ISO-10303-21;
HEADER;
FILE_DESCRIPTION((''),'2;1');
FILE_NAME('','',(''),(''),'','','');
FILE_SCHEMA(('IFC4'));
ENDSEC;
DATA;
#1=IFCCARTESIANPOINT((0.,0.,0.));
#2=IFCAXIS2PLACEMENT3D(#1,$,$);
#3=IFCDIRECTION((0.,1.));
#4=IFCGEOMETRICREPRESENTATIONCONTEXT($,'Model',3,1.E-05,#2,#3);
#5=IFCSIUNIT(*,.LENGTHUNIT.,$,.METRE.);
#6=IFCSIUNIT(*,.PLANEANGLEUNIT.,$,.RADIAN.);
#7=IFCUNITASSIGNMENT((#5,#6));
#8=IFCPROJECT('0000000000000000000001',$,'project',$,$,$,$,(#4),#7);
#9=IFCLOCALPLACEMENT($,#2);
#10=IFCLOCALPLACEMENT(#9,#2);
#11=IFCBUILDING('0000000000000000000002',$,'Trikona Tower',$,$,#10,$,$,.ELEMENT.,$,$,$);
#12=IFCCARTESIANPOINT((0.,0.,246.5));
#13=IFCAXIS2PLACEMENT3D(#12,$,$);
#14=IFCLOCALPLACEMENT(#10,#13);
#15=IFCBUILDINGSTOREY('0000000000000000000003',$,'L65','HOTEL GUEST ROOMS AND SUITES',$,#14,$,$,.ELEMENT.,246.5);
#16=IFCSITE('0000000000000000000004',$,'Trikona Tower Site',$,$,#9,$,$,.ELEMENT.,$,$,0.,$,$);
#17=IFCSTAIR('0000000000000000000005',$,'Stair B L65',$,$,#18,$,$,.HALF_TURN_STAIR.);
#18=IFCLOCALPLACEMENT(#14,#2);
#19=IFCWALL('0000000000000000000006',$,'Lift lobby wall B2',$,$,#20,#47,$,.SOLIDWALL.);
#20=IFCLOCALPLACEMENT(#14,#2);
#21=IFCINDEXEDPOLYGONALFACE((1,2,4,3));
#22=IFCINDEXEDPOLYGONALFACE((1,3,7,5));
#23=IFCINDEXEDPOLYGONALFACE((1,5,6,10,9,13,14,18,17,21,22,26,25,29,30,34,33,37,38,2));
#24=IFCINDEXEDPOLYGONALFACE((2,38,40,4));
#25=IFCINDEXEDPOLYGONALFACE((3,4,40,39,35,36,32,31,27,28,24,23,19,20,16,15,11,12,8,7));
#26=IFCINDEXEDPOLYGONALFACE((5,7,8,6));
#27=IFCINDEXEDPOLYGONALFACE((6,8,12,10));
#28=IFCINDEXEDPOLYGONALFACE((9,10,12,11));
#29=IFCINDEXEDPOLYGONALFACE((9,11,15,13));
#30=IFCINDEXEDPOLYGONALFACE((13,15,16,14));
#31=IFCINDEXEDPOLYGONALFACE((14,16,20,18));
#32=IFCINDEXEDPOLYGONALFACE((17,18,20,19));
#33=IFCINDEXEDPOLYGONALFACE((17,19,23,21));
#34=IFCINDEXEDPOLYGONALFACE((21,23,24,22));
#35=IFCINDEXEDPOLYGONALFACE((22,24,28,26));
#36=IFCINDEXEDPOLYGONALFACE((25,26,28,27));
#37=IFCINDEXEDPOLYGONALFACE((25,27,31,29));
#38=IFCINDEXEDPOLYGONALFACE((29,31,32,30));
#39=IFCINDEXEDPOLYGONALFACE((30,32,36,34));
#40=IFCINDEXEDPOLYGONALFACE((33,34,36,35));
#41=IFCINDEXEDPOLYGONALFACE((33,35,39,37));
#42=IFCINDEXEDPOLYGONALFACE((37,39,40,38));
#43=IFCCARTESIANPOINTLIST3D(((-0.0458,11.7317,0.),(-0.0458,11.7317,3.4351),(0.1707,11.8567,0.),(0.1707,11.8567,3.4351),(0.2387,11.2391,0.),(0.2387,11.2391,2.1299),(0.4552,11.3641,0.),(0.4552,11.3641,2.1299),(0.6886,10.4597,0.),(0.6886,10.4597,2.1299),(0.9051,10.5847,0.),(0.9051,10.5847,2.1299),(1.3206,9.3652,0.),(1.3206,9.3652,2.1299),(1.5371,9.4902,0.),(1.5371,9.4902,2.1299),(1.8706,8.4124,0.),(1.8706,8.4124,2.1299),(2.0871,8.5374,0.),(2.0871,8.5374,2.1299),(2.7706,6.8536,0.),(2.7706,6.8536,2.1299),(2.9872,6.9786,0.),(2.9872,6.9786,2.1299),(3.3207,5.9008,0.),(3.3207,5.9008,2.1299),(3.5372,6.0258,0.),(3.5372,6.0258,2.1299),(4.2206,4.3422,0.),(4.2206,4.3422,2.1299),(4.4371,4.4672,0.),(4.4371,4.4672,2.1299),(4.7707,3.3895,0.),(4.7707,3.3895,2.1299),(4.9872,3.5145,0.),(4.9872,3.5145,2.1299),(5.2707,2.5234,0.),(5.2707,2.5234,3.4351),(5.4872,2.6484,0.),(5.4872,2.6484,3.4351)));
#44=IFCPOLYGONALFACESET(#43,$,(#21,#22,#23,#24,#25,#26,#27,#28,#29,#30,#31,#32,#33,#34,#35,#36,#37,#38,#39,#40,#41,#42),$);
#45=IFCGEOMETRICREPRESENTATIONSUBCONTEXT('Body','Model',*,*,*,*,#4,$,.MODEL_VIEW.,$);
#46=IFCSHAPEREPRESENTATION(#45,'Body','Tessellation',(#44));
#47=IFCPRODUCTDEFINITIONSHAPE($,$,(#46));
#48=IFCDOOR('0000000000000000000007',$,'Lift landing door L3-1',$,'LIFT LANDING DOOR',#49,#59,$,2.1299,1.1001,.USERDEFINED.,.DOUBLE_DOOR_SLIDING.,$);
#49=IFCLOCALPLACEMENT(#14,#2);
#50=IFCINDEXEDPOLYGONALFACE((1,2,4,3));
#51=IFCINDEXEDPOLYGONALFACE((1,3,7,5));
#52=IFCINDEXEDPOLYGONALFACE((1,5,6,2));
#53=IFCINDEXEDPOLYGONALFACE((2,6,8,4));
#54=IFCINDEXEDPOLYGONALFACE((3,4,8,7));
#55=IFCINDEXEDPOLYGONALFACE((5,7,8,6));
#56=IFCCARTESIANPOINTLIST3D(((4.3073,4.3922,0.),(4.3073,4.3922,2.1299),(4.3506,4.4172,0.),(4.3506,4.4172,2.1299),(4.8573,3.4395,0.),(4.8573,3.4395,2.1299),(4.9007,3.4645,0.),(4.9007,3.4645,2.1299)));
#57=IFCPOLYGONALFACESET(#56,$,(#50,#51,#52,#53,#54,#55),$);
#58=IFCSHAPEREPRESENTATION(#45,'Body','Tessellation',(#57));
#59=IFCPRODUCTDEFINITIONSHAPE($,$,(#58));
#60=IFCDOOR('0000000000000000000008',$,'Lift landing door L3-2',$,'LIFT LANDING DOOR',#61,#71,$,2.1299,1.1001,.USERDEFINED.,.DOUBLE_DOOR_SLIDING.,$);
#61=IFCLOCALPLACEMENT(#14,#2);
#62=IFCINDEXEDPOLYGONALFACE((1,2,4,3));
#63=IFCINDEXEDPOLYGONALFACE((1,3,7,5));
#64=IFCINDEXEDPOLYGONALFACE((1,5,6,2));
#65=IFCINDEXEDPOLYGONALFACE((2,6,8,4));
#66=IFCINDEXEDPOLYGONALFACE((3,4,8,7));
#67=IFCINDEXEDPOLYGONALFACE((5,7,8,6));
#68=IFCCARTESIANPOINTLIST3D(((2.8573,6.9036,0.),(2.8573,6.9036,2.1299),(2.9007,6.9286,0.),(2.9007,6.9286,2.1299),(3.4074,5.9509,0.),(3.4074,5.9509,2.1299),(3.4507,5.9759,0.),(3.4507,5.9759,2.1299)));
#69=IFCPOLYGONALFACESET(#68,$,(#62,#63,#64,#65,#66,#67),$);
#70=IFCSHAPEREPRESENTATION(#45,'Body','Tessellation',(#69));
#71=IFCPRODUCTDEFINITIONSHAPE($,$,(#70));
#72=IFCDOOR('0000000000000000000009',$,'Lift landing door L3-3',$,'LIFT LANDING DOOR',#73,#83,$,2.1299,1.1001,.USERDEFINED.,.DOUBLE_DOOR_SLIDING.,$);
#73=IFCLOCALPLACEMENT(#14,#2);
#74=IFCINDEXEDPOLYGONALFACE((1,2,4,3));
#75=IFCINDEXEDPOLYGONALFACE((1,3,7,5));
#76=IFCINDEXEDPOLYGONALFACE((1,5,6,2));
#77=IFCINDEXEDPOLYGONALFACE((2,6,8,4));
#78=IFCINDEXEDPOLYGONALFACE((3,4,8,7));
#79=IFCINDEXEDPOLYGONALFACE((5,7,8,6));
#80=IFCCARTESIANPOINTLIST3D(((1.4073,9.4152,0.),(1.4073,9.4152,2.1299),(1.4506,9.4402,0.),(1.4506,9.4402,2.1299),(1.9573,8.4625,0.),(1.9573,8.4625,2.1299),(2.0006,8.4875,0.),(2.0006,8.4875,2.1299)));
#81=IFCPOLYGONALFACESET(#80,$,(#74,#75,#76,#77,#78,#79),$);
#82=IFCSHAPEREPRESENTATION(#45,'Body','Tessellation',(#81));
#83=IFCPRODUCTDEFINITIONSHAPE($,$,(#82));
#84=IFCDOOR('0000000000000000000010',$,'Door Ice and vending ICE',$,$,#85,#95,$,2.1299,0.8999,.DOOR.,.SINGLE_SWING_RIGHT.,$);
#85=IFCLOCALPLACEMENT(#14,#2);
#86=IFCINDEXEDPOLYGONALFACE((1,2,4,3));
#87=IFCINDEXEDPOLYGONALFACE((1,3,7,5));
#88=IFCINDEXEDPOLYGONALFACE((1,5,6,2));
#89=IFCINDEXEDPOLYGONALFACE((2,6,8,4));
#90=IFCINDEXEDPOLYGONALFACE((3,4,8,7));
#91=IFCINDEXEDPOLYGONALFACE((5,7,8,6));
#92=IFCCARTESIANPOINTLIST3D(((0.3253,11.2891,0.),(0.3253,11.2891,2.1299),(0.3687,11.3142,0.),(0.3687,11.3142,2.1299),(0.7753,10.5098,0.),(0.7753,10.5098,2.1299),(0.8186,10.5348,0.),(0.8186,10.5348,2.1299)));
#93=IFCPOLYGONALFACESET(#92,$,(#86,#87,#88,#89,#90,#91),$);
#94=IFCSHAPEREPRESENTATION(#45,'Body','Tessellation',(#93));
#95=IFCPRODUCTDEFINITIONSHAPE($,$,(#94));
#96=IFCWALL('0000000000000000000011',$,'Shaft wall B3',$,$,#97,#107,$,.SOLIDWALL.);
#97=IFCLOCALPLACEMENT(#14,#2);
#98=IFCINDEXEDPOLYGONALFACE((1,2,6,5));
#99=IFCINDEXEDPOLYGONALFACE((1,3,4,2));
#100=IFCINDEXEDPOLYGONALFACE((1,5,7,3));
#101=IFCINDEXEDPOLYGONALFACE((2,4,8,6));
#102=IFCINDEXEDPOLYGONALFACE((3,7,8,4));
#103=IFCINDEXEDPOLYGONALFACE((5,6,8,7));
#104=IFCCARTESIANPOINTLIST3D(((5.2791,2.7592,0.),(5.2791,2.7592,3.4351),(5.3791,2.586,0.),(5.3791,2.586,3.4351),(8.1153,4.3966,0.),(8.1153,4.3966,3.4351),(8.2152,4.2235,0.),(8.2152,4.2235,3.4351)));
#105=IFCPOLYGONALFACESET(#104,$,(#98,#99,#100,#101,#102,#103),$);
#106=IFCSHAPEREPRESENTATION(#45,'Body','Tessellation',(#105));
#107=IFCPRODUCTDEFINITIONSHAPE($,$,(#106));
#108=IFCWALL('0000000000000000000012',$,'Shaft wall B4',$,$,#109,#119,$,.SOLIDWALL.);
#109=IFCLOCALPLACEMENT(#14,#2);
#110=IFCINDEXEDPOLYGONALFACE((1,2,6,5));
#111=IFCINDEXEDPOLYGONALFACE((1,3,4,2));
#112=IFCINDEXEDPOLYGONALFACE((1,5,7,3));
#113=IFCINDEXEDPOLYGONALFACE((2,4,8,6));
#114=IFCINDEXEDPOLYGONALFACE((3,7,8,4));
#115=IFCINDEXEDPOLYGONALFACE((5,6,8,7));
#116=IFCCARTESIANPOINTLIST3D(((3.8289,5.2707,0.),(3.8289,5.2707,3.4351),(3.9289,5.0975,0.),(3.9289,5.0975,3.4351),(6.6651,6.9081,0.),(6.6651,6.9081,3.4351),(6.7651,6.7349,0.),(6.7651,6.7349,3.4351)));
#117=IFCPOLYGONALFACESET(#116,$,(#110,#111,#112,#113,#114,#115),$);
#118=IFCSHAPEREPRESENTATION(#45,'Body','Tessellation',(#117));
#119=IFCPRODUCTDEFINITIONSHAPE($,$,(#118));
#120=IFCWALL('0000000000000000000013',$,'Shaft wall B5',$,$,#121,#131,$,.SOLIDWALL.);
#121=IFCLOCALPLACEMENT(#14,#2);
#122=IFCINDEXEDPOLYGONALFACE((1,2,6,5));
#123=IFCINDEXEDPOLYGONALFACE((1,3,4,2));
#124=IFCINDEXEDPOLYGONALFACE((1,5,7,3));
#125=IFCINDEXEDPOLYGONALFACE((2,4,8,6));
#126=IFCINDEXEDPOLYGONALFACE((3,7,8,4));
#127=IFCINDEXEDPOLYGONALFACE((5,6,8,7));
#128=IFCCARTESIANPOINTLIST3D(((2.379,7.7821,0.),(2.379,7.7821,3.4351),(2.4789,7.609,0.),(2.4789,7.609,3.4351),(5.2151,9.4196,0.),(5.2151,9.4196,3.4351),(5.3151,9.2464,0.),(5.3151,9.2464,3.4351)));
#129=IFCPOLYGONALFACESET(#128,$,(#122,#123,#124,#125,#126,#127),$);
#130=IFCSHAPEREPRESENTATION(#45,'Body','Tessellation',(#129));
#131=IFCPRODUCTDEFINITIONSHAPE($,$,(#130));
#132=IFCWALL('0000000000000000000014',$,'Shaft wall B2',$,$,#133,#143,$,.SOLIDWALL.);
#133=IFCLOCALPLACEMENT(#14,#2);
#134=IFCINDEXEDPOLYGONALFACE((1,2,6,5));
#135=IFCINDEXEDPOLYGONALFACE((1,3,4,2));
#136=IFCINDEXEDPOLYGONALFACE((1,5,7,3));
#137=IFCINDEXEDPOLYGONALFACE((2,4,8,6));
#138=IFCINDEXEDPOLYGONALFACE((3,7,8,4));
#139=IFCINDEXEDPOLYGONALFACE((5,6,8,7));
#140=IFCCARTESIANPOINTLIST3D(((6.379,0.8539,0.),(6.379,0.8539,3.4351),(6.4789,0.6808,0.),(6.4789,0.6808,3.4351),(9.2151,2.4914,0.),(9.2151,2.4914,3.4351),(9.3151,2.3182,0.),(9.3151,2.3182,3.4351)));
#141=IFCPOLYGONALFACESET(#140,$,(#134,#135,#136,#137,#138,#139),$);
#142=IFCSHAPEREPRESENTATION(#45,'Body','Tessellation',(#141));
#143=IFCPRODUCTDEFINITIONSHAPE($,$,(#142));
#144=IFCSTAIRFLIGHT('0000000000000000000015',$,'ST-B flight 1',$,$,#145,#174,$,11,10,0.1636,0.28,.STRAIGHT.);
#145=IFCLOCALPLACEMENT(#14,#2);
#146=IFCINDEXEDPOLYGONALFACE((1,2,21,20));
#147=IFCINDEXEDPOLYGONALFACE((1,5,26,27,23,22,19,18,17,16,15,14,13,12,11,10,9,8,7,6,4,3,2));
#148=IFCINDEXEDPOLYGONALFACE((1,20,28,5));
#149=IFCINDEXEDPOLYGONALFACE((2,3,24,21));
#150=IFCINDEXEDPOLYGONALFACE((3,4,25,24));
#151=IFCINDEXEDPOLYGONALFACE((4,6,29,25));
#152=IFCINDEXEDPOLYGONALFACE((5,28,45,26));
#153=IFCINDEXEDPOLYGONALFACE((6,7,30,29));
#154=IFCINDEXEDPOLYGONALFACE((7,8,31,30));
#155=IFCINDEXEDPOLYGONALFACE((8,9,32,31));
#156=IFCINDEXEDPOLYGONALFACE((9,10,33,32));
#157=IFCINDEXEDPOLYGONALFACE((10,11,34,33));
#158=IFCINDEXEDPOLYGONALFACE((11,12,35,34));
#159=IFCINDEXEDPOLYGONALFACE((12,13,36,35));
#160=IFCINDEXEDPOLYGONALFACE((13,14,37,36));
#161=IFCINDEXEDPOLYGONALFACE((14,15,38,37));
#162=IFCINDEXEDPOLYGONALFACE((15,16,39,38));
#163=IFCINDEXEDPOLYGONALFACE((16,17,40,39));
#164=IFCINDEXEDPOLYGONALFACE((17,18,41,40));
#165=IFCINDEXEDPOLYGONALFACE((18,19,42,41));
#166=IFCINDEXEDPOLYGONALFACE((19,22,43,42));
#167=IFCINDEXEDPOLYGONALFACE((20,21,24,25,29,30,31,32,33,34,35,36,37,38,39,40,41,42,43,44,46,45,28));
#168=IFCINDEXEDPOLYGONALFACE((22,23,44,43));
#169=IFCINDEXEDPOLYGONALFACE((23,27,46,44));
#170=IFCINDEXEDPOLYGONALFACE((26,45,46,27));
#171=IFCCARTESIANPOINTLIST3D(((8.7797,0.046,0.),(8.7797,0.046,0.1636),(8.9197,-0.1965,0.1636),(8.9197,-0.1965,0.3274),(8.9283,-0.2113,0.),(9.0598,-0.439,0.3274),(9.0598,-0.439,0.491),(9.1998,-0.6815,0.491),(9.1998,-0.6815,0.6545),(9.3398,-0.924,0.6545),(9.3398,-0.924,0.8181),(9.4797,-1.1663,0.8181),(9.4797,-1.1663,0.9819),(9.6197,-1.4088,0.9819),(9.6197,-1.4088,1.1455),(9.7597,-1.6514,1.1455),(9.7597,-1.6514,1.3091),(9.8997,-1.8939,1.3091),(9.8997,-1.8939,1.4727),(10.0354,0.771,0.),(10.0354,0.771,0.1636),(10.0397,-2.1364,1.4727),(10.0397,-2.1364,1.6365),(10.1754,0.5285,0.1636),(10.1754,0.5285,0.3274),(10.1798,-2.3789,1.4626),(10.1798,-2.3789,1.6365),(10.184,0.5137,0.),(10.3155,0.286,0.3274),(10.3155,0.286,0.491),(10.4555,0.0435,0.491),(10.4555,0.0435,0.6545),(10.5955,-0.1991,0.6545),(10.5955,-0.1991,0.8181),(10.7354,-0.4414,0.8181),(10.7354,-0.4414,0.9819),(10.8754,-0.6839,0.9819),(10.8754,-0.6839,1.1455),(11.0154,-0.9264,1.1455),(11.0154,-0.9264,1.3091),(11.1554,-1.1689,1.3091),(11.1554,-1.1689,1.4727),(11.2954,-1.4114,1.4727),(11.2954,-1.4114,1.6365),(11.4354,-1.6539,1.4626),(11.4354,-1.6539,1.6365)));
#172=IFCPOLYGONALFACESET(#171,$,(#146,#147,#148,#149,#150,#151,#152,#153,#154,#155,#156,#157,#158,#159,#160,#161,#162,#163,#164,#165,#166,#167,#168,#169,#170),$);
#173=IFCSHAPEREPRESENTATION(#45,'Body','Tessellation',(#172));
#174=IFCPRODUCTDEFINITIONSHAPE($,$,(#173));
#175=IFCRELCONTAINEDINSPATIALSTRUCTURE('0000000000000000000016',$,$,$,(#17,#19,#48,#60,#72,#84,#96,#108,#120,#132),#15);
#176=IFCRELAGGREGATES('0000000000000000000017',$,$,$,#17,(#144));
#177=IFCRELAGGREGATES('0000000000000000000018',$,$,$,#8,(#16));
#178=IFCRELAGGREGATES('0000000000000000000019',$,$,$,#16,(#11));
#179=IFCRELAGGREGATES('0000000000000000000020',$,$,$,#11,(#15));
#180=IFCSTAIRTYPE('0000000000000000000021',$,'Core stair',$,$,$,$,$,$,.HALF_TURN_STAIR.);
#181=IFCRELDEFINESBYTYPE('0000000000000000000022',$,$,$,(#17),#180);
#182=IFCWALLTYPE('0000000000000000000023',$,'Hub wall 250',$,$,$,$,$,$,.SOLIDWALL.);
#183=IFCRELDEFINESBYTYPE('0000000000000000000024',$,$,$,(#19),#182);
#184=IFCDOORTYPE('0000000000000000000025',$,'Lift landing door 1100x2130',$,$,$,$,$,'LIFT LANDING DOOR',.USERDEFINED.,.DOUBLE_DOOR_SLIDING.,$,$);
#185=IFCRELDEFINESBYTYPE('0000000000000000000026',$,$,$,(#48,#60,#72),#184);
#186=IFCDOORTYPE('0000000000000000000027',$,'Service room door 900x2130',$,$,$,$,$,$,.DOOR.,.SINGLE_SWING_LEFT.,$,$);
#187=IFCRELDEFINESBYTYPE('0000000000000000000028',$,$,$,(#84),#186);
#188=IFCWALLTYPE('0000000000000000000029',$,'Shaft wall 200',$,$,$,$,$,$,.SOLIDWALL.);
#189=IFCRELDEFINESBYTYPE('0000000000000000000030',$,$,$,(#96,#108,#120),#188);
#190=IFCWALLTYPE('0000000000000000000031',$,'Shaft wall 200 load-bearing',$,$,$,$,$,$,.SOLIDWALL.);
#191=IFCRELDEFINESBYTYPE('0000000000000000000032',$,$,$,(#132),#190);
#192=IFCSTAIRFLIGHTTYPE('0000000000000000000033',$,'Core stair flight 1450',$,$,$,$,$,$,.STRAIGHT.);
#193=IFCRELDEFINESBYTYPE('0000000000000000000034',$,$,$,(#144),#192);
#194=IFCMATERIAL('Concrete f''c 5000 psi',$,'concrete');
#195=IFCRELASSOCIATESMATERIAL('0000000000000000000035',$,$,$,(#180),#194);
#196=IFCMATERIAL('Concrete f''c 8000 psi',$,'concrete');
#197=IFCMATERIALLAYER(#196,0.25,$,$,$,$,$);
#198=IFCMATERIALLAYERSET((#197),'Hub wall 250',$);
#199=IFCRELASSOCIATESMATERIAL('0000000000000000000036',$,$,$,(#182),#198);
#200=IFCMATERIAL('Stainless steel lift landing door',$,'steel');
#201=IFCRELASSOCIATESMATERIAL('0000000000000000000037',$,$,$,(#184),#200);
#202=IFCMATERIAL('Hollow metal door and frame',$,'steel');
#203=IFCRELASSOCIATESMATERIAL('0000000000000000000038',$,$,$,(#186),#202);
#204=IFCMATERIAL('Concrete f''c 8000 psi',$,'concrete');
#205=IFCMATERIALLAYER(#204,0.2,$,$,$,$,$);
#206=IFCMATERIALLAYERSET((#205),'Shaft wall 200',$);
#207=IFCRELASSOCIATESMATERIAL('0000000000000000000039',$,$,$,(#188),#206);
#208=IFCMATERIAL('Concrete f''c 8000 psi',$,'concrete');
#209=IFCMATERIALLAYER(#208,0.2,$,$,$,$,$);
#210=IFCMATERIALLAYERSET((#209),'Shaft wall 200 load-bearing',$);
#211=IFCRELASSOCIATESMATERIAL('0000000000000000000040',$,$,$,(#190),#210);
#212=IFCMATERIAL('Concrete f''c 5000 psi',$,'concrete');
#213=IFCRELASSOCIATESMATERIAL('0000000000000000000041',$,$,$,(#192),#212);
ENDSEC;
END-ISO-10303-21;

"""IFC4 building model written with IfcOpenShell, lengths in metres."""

from ifc_helpers import new_model, si_unit, direction, frame, frame_2d, origin, place, context, subcontext, project, spatial, polyline, rectangle, outline, extrude, material, layer, layer_set, type_object, element, fill, aggregate, save


model = new_model("IFC4")

# Units and contexts
model_context = context("Model", 3, precision=1e-05, world=origin(), true_north=direction((0.0, 1.0)))
body_context = subcontext(model_context, "Body", "Model", "MODEL_VIEW")
ifc_project = project(units=[si_unit("LENGTHUNIT", "METRE"), si_unit("PLANEANGLEUNIT", "RADIAN")], contexts=[model_context])

# Site, building, storey
site_placement = place(None, origin())
site = spatial("IfcSite", under=ifc_project, at=site_placement, Name="Trikona Tower Site", CompositionType="ELEMENT", RefElevation=0.0)
building_placement = place(site_placement, origin())
building = spatial("IfcBuilding", under=site, at=building_placement, Name="Trikona Tower", CompositionType="ELEMENT")
storey_placement = place(building_placement, frame((0.0, 0.0, 246.5)))
storey = spatial("IfcBuildingStorey", under=building, at=storey_placement, Name="L65", Description="HOTEL GUEST ROOMS AND SUITES", CompositionType="ELEMENT", Elevation=246.5)

# Stair
ifc_material_1 = material(Name="Concrete f'c 5000 psi", Category="concrete")
stair_type = type_object("IfcStairType", Name="Core stair", PredefinedType="HALF_TURN_STAIR", material=ifc_material_1)
stair_1_placement = place(storey_placement, origin())
stair_1 = element("IfcStair", 1, at=stair_1_placement, inside=storey, type_object=stair_type, Name="Stair B L65", PredefinedType="HALF_TURN_STAIR")

# Wall, openings, doors
ifc_material_2 = material(Name="Concrete f'c 8000 psi", Category="concrete")
ifc_layer_1 = layer(ifc_material_2, 0.25)
ifc_layer_set_1 = layer_set([ifc_layer_1], Name="Hub wall 250")
wall_type_1 = type_object("IfcWallType", Name="Hub wall 250", PredefinedType="SOLIDWALL", material=ifc_layer_set_1)
wall_1_placement = place(storey_placement, frame((5.3789, 2.5859, 0.0), z_axis=(0.0, 0.0, 1.0), x_axis=(-0.500001, 0.866025, 0.0)))
wall_1 = element("IfcWall", 2, at=wall_1_placement, inside=storey, type_object=wall_type_1, Name="Lift lobby wall B2", PredefinedType="SOLIDWALL", context=body_context, shape_type="SweptSolid", body=[
    extrude(rectangle(XDim=10.6328, YDim=0.25, at=frame_2d((5.3164, 0.0))), origin(), (0.0, 0.0, 1.0), 3.4351),
])
opening_1_placement = place(wall_1_placement, frame((9.1641, 0.0, 0.0)))
opening_1 = element("IfcOpeningElement", 3, at=opening_1_placement, cuts=wall_1, PredefinedType="OPENING", context=body_context, shape_type="SweptSolid", body=[
    extrude(rectangle(XDim=0.8999, YDim=2.1299, at=frame_2d((0.45, 1.0649))), frame((0.0, 0.135, 0.0), z_axis=(0.0, -1.0, 0.0), x_axis=(1.0, 0.0, 0.0)), (0.0, 0.0, 1.0), 0.27),
])
opening_2_placement = place(wall_1_placement, frame((1.0, 0.0, 0.0)))
opening_2 = element("IfcOpeningElement", 4, at=opening_2_placement, cuts=wall_1, PredefinedType="OPENING", context=body_context, shape_type="SweptSolid", body=[
    extrude(rectangle(XDim=1.1001, YDim=2.1299, at=frame_2d((0.55, 1.0649))), frame((0.0, 0.135, 0.0), z_axis=(0.0, -1.0, 0.0), x_axis=(1.0, 0.0, 0.0)), (0.0, 0.0, 1.0), 0.27),
])
opening_3_placement = place(wall_1_placement, frame((3.8999, 0.0, 0.0)))
opening_3 = element("IfcOpeningElement", 5, at=opening_3_placement, cuts=wall_1, PredefinedType="OPENING", context=body_context, shape_type="SweptSolid", body=[
    extrude(rectangle(XDim=1.1001, YDim=2.1299, at=frame_2d((0.55, 1.0649))), frame((0.0, 0.135, 0.0), z_axis=(0.0, -1.0, 0.0), x_axis=(1.0, 0.0, 0.0)), (0.0, 0.0, 1.0), 0.27),
])
opening_4_placement = place(wall_1_placement, frame((6.8, 0.0, 0.0)))
opening_4 = element("IfcOpeningElement", 6, at=opening_4_placement, cuts=wall_1, PredefinedType="OPENING", context=body_context, shape_type="SweptSolid", body=[
    extrude(rectangle(XDim=1.1001, YDim=2.1299, at=frame_2d((0.55, 1.0649))), frame((0.0, 0.135, 0.0), z_axis=(0.0, -1.0, 0.0), x_axis=(1.0, 0.0, 0.0)), (0.0, 0.0, 1.0), 0.27),
])
ifc_material_3 = material(Name="Stainless steel lift landing door", Category="steel")
door_type_1 = type_object("IfcDoorType", Name="Lift landing door 1100x2130", ElementType="LIFT LANDING DOOR", OperationType="DOUBLE_DOOR_SLIDING", PredefinedType="USERDEFINED", material=ifc_material_3)
door_1_placement = place(opening_2_placement, origin())
door_1 = element("IfcDoor", 7, at=door_1_placement, inside=storey, type_object=door_type_1, Name="Lift landing door L3-1", ObjectType="LIFT LANDING DOOR", OperationType="DOUBLE_DOOR_SLIDING", OverallHeight=2.1299, OverallWidth=1.1001, PredefinedType="USERDEFINED", context=body_context, shape_type="SweptSolid", body=[
    extrude(rectangle(XDim=1.1001, YDim=2.1299, at=frame_2d((0.55, 1.0649))), frame((0.0, 0.0249, 0.0), z_axis=(0.0, -1.0, 0.0), x_axis=(1.0, 0.0, 0.0)), (0.0, 0.0, 1.0), 0.05),
])
fill(opening_2, door_1)
door_2_placement = place(opening_3_placement, origin())
door_2 = element("IfcDoor", 8, at=door_2_placement, inside=storey, type_object=door_type_1, Name="Lift landing door L3-2", ObjectType="LIFT LANDING DOOR", OperationType="DOUBLE_DOOR_SLIDING", OverallHeight=2.1299, OverallWidth=1.1001, PredefinedType="USERDEFINED", context=body_context, shape_type="SweptSolid", body=[
    extrude(rectangle(XDim=1.1001, YDim=2.1299, at=frame_2d((0.55, 1.0649))), frame((0.0, 0.0249, 0.0), z_axis=(0.0, -1.0, 0.0), x_axis=(1.0, 0.0, 0.0)), (0.0, 0.0, 1.0), 0.05),
])
fill(opening_3, door_2)
door_3_placement = place(opening_4_placement, origin())
door_3 = element("IfcDoor", 9, at=door_3_placement, inside=storey, type_object=door_type_1, Name="Lift landing door L3-3", ObjectType="LIFT LANDING DOOR", OperationType="DOUBLE_DOOR_SLIDING", OverallHeight=2.1299, OverallWidth=1.1001, PredefinedType="USERDEFINED", context=body_context, shape_type="SweptSolid", body=[
    extrude(rectangle(XDim=1.1001, YDim=2.1299, at=frame_2d((0.55, 1.0649))), frame((0.0, 0.0249, 0.0), z_axis=(0.0, -1.0, 0.0), x_axis=(1.0, 0.0, 0.0)), (0.0, 0.0, 1.0), 0.05),
])
fill(opening_4, door_3)
ifc_material_4 = material(Name="Hollow metal door and frame", Category="steel")
door_type_2 = type_object("IfcDoorType", Name="Service room door 900x2130", OperationType="SINGLE_SWING_LEFT", PredefinedType="DOOR", material=ifc_material_4)
door_4_placement = place(opening_1_placement, origin())
door_4 = element("IfcDoor", 10, at=door_4_placement, inside=storey, type_object=door_type_2, Name="Door Ice and vending ICE", OperationType="SINGLE_SWING_RIGHT", OverallHeight=2.1299, OverallWidth=0.8999, PredefinedType="DOOR", context=body_context, shape_type="SweptSolid", body=[
    extrude(rectangle(XDim=0.8999, YDim=2.1299, at=frame_2d((0.45, 1.0649))), frame((0.0, 0.0249, 0.0), z_axis=(0.0, -1.0, 0.0), x_axis=(1.0, 0.0, 0.0)), (0.0, 0.0, 1.0), 0.05),
])
fill(opening_1, door_4)

# Walls
ifc_material_5 = material(Name="Concrete f'c 8000 psi", Category="concrete")
ifc_layer_2 = layer(ifc_material_5, 0.2)
ifc_layer_set_2 = layer_set([ifc_layer_2], Name="Shaft wall 200")
wall_type_2 = type_object("IfcWallType", Name="Shaft wall 200", PredefinedType="SOLIDWALL", material=ifc_layer_set_2)
for number, where, z_axis, x_axis, name in (
    (11, (5.3291, 2.6726, 0.0), (0.0, 0.0, 1.0), (0.866028, 0.499996, 0.0), "Shaft wall B3"),
    (12, (3.8789, 5.1841, 0.0), (0.0, 0.0, 1.0), (0.866028, 0.499996, 0.0), "Shaft wall B4"),
    (13, (2.429, 7.6956, 0.0), (0.0, 0.0, 1.0), (0.866028, 0.499996, 0.0), "Shaft wall B5"),
):
    element("IfcWall", number, at=place(storey_placement, frame(where, z_axis=z_axis, x_axis=x_axis)), inside=storey, type_object=wall_type_2, Name=name, PredefinedType="SOLIDWALL", context=body_context, shape_type="SweptSolid", body=[
        extrude(rectangle(XDim=3.2749, YDim=0.2, at=frame_2d((1.6375, 0.0))), origin(), (0.0, 0.0, 1.0), 3.4351),
    ])
ifc_material_6 = material(Name="Concrete f'c 8000 psi", Category="concrete")
ifc_layer_3 = layer(ifc_material_6, 0.2)
ifc_layer_set_3 = layer_set([ifc_layer_3], Name="Shaft wall 200 load-bearing")
wall_type_3 = type_object("IfcWallType", Name="Shaft wall 200 load-bearing", PredefinedType="SOLIDWALL", material=ifc_layer_set_3)
wall_2_placement = place(storey_placement, frame((6.429, 0.7673, 0.0), z_axis=(0.0, 0.0, 1.0), x_axis=(0.866028, 0.499996, 0.0)))
element("IfcWall", 14, at=wall_2_placement, inside=storey, type_object=wall_type_3, Name="Shaft wall B2", PredefinedType="SOLIDWALL", context=body_context, shape_type="SweptSolid", body=[
    extrude(rectangle(XDim=3.2749, YDim=0.2, at=frame_2d((1.6375, 0.0))), origin(), (0.0, 0.0, 1.0), 3.4351),
])

# Stair flight
ifc_material_7 = material(Name="Concrete f'c 5000 psi", Category="concrete")
stair_flight_type = type_object("IfcStairFlightType", Name="Core stair flight 1450", PredefinedType="STRAIGHT", material=ifc_material_7)
stair_flight_placement = place(storey_placement, frame((9.4075, 0.4084, 0.0), z_axis=(0.0, 0.0, 1.0), x_axis=(0.5, -0.866025, 0.0)))
stair_flight = element("IfcStairFlight", 15, at=stair_flight_placement, type_object=stair_flight_type, Name="ST-B flight 1", NumberOfRisers=11, NumberOfTreads=10, PredefinedType="STRAIGHT", RiserHeight=0.1636, TreadLength=0.28, context=body_context, shape_type="SweptSolid", body=[
    extrude(outline(polyline([(0.0, 0.0), (0.0, 0.1636), (0.28, 0.1636), (0.28, 0.3274), (0.5601, 0.3274), (0.5601, 0.491), (0.8401, 0.491), (0.8401, 0.6545), (1.1201, 0.6545), (1.1201, 0.8181), (1.3999, 0.8181), (1.3999, 0.9819), (1.6799, 0.9819), (1.6799, 1.1455), (1.96, 1.1455), (1.96, 1.3091), (2.24, 1.3091), (2.24, 1.4727), (2.52, 1.4727), (2.52, 1.6365), (2.8, 1.6365), (2.8, 1.8), (2.8, 1.4626), (0.2971, 0.0), (0.0, 0.0)])), frame((0.0, 0.7251, 0.0), z_axis=(0.0, -1.0, 0.0), x_axis=(1.0, 0.0, 0.0)), (0.0, 0.0, 1.0), 1.45),
])
aggregate(stair_1, [stair_flight])

save(model, "model.ifc")
